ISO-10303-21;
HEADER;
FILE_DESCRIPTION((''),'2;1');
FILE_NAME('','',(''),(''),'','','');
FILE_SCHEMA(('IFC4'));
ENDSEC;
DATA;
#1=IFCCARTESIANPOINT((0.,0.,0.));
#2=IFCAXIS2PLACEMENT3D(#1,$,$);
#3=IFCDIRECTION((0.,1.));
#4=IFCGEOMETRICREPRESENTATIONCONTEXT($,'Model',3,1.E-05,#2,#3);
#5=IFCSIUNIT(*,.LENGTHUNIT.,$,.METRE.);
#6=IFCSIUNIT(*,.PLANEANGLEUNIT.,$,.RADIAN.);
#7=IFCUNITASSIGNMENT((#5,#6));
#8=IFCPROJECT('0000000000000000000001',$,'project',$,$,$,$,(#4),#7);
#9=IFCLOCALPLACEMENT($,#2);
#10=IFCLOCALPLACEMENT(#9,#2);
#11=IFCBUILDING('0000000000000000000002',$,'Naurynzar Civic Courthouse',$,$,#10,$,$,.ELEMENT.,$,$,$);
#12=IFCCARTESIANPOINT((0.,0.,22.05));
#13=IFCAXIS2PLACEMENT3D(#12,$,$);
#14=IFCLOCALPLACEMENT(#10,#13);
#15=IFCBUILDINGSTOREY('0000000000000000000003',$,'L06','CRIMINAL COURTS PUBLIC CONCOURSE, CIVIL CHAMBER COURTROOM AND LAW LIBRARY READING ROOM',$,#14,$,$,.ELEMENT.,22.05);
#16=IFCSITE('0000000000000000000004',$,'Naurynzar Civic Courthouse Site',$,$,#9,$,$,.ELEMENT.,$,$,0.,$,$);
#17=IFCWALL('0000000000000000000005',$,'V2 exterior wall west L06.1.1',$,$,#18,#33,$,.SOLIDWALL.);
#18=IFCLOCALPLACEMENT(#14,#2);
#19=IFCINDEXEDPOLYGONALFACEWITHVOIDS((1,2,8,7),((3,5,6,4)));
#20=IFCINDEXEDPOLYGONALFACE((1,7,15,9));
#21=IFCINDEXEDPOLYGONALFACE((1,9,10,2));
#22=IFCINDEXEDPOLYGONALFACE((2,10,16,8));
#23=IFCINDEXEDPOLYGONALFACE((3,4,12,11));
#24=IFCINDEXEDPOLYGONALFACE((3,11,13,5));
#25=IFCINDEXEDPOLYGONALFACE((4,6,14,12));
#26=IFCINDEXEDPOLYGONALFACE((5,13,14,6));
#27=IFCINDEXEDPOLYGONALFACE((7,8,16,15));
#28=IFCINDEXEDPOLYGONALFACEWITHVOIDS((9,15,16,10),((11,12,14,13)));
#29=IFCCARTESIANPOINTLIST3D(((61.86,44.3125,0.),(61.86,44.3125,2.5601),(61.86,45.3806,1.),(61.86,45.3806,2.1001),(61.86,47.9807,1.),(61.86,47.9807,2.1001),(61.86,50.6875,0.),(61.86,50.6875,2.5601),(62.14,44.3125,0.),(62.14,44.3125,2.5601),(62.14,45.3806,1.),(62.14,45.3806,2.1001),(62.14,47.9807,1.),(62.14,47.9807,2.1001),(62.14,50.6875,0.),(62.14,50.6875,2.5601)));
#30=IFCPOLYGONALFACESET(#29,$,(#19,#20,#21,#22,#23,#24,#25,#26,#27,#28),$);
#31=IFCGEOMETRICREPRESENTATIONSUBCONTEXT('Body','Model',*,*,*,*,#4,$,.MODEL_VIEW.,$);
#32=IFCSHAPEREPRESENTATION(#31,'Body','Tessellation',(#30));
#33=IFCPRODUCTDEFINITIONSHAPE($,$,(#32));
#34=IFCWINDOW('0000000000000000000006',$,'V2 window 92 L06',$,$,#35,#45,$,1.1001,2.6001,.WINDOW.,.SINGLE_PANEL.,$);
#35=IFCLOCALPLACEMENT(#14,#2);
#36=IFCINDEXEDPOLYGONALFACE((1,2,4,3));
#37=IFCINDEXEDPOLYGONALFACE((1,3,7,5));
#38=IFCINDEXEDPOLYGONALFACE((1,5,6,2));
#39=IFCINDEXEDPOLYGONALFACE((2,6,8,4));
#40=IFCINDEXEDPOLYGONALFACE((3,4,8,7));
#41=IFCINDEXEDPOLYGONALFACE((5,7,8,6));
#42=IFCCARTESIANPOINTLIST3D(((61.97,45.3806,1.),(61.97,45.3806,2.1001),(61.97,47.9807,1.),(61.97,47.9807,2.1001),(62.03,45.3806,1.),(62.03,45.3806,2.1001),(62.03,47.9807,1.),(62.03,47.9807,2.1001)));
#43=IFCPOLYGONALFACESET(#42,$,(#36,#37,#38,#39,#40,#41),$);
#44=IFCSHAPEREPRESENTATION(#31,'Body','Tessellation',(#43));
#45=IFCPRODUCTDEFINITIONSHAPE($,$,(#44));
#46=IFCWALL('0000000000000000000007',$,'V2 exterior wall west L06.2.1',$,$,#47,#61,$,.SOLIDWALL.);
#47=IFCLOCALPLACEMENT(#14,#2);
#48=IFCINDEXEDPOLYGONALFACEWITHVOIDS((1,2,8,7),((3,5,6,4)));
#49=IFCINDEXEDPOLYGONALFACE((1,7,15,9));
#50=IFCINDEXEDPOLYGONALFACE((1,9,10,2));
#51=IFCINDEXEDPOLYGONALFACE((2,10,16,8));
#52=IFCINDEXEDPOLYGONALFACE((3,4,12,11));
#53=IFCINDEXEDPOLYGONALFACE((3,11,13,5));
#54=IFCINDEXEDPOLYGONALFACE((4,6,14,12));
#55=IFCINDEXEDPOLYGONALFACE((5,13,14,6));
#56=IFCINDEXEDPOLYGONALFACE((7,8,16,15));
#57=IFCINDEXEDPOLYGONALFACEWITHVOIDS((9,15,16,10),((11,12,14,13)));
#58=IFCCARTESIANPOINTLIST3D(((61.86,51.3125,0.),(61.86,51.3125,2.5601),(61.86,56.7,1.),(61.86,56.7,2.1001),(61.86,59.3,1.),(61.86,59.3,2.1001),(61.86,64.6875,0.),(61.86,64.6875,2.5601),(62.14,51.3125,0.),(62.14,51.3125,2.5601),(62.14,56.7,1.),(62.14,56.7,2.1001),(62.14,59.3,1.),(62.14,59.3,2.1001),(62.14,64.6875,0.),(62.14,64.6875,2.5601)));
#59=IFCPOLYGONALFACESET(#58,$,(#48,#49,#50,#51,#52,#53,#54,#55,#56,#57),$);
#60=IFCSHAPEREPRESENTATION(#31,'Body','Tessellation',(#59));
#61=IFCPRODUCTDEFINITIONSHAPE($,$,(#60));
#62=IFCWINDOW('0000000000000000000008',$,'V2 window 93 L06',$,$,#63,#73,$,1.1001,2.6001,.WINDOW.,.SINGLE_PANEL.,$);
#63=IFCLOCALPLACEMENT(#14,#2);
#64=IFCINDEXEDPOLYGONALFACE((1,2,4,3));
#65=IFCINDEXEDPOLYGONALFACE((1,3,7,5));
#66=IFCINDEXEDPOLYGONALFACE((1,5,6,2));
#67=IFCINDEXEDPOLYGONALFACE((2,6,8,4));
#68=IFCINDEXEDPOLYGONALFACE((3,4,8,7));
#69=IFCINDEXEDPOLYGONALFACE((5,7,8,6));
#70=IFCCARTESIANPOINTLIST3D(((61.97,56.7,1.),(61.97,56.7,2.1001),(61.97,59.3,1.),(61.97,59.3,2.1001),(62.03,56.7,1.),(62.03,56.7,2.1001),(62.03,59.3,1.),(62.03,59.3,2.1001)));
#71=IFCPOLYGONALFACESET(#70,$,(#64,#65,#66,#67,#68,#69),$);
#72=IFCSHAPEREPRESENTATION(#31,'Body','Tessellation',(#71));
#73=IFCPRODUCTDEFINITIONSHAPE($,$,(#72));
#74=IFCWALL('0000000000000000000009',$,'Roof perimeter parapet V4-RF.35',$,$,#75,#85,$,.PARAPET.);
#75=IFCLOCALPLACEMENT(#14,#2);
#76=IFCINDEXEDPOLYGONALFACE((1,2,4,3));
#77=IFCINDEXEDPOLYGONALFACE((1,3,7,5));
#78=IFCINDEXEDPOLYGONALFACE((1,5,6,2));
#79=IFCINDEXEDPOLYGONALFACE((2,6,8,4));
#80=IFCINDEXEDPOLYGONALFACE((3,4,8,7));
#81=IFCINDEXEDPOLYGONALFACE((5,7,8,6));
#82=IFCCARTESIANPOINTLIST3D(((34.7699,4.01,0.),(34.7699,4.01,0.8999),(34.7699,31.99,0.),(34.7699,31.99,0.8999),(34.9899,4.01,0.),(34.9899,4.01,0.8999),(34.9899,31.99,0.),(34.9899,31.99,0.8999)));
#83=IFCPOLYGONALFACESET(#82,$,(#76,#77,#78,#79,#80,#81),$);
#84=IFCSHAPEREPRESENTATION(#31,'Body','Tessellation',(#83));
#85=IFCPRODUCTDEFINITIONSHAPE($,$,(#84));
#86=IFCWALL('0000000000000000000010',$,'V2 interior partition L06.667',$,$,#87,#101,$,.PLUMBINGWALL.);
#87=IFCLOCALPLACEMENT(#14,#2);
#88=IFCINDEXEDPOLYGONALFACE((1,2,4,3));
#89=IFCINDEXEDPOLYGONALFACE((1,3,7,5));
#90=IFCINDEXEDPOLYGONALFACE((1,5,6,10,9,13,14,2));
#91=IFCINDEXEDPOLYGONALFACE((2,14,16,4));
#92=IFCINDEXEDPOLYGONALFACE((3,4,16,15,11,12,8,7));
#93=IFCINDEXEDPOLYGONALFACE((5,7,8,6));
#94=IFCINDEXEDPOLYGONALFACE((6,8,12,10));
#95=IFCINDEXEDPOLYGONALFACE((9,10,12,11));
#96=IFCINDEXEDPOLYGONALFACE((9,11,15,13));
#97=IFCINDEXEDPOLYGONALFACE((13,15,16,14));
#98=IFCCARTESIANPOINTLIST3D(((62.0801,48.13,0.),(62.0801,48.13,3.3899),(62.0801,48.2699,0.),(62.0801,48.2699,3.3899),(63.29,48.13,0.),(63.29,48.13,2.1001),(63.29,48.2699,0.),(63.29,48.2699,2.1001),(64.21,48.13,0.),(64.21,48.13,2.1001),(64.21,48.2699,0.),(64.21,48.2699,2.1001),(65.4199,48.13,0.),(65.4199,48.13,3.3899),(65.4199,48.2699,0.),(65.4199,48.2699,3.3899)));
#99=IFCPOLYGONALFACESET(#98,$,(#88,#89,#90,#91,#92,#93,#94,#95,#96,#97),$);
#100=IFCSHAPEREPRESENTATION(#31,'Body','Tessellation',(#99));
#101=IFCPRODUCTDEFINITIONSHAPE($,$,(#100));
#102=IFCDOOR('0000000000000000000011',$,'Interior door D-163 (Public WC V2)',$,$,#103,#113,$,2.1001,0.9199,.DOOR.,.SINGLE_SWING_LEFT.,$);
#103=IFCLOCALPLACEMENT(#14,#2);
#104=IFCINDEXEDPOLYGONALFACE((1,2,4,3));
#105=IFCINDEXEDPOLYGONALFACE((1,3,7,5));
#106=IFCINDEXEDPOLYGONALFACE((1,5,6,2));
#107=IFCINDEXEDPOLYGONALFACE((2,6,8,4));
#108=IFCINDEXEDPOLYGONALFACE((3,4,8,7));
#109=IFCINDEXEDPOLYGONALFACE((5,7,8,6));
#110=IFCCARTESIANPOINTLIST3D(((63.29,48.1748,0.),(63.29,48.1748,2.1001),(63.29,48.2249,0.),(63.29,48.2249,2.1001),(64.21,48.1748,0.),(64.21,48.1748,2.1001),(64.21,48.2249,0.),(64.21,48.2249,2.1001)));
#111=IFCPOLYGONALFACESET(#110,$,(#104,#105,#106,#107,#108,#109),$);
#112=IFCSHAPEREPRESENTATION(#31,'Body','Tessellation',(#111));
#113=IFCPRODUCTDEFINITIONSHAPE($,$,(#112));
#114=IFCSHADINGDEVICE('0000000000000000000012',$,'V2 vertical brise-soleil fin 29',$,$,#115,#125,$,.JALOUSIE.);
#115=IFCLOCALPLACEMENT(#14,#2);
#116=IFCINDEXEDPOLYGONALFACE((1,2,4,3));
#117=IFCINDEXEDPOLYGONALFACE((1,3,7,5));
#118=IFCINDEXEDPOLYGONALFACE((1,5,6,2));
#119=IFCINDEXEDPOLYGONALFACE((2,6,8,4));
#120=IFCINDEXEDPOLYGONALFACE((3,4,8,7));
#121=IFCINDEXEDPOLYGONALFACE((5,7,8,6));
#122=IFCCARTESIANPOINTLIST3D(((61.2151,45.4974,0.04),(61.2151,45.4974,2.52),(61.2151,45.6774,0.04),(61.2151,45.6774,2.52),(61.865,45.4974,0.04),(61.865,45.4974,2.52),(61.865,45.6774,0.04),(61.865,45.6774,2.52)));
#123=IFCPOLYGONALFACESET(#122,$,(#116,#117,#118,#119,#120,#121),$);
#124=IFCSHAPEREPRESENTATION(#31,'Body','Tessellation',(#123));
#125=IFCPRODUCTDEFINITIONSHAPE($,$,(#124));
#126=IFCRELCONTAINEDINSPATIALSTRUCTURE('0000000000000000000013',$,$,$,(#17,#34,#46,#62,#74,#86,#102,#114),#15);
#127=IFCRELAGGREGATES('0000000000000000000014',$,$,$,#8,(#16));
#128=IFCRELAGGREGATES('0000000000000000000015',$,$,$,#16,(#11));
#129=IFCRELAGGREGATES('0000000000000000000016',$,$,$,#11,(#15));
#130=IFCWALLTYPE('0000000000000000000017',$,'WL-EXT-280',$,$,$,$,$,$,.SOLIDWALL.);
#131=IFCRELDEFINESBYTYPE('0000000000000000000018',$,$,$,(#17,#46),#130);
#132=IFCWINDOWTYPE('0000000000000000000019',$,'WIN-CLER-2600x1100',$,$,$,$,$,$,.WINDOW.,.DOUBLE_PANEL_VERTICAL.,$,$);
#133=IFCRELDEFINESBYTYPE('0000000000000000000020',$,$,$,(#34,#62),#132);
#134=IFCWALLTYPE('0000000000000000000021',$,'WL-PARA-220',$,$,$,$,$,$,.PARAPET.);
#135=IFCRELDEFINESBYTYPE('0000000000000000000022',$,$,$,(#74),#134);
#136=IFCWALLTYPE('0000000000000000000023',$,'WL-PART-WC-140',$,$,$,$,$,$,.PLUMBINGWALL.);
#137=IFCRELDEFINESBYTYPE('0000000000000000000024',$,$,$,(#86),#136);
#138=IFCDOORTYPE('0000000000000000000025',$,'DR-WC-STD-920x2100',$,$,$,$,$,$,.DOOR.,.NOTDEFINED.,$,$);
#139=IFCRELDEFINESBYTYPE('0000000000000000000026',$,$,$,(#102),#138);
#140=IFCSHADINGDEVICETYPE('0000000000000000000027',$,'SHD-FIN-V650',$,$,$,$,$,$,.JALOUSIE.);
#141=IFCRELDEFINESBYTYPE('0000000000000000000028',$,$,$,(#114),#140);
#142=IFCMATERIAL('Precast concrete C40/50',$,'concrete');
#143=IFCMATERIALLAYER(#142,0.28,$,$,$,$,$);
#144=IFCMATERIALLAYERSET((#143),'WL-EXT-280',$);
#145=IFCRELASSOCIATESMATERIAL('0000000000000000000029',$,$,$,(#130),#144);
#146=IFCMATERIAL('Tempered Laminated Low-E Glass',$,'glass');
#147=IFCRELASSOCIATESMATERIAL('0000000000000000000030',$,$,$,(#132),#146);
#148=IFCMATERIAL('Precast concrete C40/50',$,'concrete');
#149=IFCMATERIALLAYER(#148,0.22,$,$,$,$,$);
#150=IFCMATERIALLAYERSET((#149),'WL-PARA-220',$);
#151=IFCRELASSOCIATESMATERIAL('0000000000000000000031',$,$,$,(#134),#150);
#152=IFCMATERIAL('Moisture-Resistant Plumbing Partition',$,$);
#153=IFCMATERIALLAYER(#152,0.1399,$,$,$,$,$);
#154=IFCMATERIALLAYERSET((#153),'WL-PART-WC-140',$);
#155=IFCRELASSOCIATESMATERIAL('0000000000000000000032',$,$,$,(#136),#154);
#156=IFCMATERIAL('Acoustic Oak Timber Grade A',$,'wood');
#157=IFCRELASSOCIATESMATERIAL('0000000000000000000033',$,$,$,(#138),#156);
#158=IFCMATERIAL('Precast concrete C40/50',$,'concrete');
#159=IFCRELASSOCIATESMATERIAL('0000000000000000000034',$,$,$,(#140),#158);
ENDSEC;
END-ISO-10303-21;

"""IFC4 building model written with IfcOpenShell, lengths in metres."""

from ifc_helpers import new_model, si_unit, direction, frame, frame_2d, origin, origin_2d, place, context, subcontext, project, spatial, rectangle, extrude, material, layer, layer_set, type_object, element, fill, save


model = new_model("IFC4")

# Units and contexts
model_context = context("Model", 3, precision=1e-05, world=origin(), true_north=direction((0.0, 1.0)))
body_context = subcontext(model_context, "Body", "Model", "MODEL_VIEW")
ifc_project = project(units=[si_unit("LENGTHUNIT", "METRE"), si_unit("PLANEANGLEUNIT", "RADIAN")], contexts=[model_context])

# Site, building, storey
site_placement = place(None, origin())
site = spatial("IfcSite", under=ifc_project, at=site_placement, Name="Naurynzar Civic Courthouse Site", CompositionType="ELEMENT", RefElevation=0.0)
building_placement = place(site_placement, origin())
building = spatial("IfcBuilding", under=site, at=building_placement, Name="Naurynzar Civic Courthouse", CompositionType="ELEMENT")
storey_placement = place(building_placement, frame((0.0, 0.0, 22.05)))
storey = spatial("IfcBuildingStorey", under=building, at=storey_placement, Name="L06", Description="CRIMINAL COURTS PUBLIC CONCOURSE, CIVIL CHAMBER COURTROOM AND LAW LIBRARY READING ROOM", CompositionType="ELEMENT", Elevation=22.05)

# Walls, openings, windows
ifc_material_1 = material(Name="Precast concrete C40/50", Category="concrete")
ifc_layer_1 = layer(ifc_material_1, 0.28)
ifc_layer_set_1 = layer_set([ifc_layer_1], Name="WL-EXT-280")
wall_type_1 = type_object("IfcWallType", Name="WL-EXT-280", PredefinedType="SOLIDWALL", material=ifc_layer_set_1)
wall_1_placement = place(storey_placement, frame((62.0, 44.3125, 0.0), z_axis=(0.0, 0.0, 1.0), x_axis=(0.0, 1.0, 0.0)))
wall_1 = element("IfcWall", 1, at=wall_1_placement, inside=storey, type_object=wall_type_1, Name="V2 exterior wall west L06.1.1", PredefinedType="SOLIDWALL", context=body_context, shape_type="SweptSolid", body=[
    extrude(rectangle(XDim=6.375, YDim=0.28, at=frame_2d((3.1875, 0.0))), origin(), (0.0, 0.0, 1.0), 2.5601),
])
opening_1_placement = place(wall_1_placement, frame((1.0681, 0.0, 1.0)))
opening_1 = element("IfcOpeningElement", 2, at=opening_1_placement, cuts=wall_1, PredefinedType="OPENING", context=body_context, shape_type="SweptSolid", body=[
    extrude(rectangle(XDim=2.6001, YDim=1.1001, at=frame_2d((1.3, 0.55))), frame((0.0, 0.1499, 0.0), z_axis=(0.0, -1.0, 0.0), x_axis=(1.0, 0.0, 0.0)), (0.0, 0.0, 1.0), 0.3),
])
ifc_material_2 = material(Name="Tempered Laminated Low-E Glass", Category="glass")
window_type = type_object("IfcWindowType", Name="WIN-CLER-2600x1100", PartitioningType="DOUBLE_PANEL_VERTICAL", PredefinedType="WINDOW", material=ifc_material_2)
window_1_placement = place(opening_1_placement, origin())
window_1 = element("IfcWindow", 3, at=window_1_placement, inside=storey, type_object=window_type, Name="V2 window 92 L06", OverallHeight=1.1001, OverallWidth=2.6001, PartitioningType="SINGLE_PANEL", PredefinedType="WINDOW", context=body_context, shape_type="SweptSolid", body=[
    extrude(rectangle(XDim=2.6001, YDim=1.1001, at=frame_2d((1.3, 0.55))), frame((0.0, 0.03, 0.0), z_axis=(0.0, -1.0, 0.0), x_axis=(1.0, 0.0, 0.0)), (0.0, 0.0, 1.0), 0.0601),
])
fill(opening_1, window_1)
wall_2_placement = place(storey_placement, frame((62.0, 51.3125, 0.0), z_axis=(0.0, 0.0, 1.0), x_axis=(0.0, 1.0, 0.0)))
wall_2 = element("IfcWall", 4, at=wall_2_placement, inside=storey, type_object=wall_type_1, Name="V2 exterior wall west L06.2.1", PredefinedType="SOLIDWALL", context=body_context, shape_type="SweptSolid", body=[
    extrude(rectangle(XDim=13.375, YDim=0.28, at=frame_2d((6.6875, 0.0))), origin(), (0.0, 0.0, 1.0), 2.5601),
])
opening_2_placement = place(wall_2_placement, frame((5.3875, 0.0, 1.0)))
opening_2 = element("IfcOpeningElement", 5, at=opening_2_placement, cuts=wall_2, PredefinedType="OPENING", context=body_context, shape_type="SweptSolid", body=[
    extrude(rectangle(XDim=2.6001, YDim=1.1001, at=frame_2d((1.3, 0.55))), frame((0.0, 0.1499, 0.0), z_axis=(0.0, -1.0, 0.0), x_axis=(1.0, 0.0, 0.0)), (0.0, 0.0, 1.0), 0.3),
])
window_2_placement = place(opening_2_placement, origin())
window_2 = element("IfcWindow", 6, at=window_2_placement, inside=storey, type_object=window_type, Name="V2 window 93 L06", OverallHeight=1.1001, OverallWidth=2.6001, PartitioningType="SINGLE_PANEL", PredefinedType="WINDOW", context=body_context, shape_type="SweptSolid", body=[
    extrude(rectangle(XDim=2.6001, YDim=1.1001, at=frame_2d((1.3, 0.55))), frame((0.0, 0.03, 0.0), z_axis=(0.0, -1.0, 0.0), x_axis=(1.0, 0.0, 0.0)), (0.0, 0.0, 1.0), 0.0601),
])
fill(opening_2, window_2)

# Wall
ifc_material_3 = material(Name="Precast concrete C40/50", Category="concrete")
ifc_layer_2 = layer(ifc_material_3, 0.22)
ifc_layer_set_2 = layer_set([ifc_layer_2], Name="WL-PARA-220")
wall_type_2 = type_object("IfcWallType", Name="WL-PARA-220", PredefinedType="PARAPET", material=ifc_layer_set_2)
wall_3_placement = place(storey_placement, frame((34.8799, 31.99, 0.0), z_axis=(0.0, 0.0, 1.0), x_axis=(0.0, -1.0, 0.0)))
element("IfcWall", 7, at=wall_3_placement, inside=storey, type_object=wall_type_2, Name="Roof perimeter parapet V4-RF.35", PredefinedType="PARAPET", context=body_context, shape_type="SweptSolid", body=[
    extrude(rectangle(XDim=27.98, YDim=0.22, at=frame_2d((13.99, 0.0))), origin(), (0.0, 0.0, 1.0), 0.8999),
])

# Wall, opening, door
ifc_material_4 = material(Name="Moisture-Resistant Plumbing Partition")
ifc_layer_3 = layer(ifc_material_4, 0.1399)
ifc_layer_set_3 = layer_set([ifc_layer_3], Name="WL-PART-WC-140")
wall_type_3 = type_object("IfcWallType", Name="WL-PART-WC-140", PredefinedType="PLUMBINGWALL", material=ifc_layer_set_3)
wall_4_placement = place(storey_placement, frame((62.0801, 48.2, 0.0), z_axis=(0.0, 0.0, 1.0), x_axis=(1.0, 0.0, 0.0)))
wall_4 = element("IfcWall", 8, at=wall_4_placement, inside=storey, type_object=wall_type_3, Name="V2 interior partition L06.667", PredefinedType="PLUMBINGWALL", context=body_context, shape_type="SweptSolid", body=[
    extrude(rectangle(XDim=3.3398, YDim=0.1399, at=frame_2d((1.6699, 0.0))), origin(), (0.0, 0.0, 1.0), 3.3899),
])
opening_3_placement = place(wall_4_placement, frame((1.21, 0.0, 0.0)))
opening_3 = element("IfcOpeningElement", 9, at=opening_3_placement, cuts=wall_4, PredefinedType="OPENING", context=body_context, shape_type="SweptSolid", body=[
    extrude(rectangle(XDim=0.9199, YDim=2.1001, at=frame_2d((0.46, 1.05))), frame((0.0, 0.0798, 0.0), z_axis=(0.0, -1.0, 0.0), x_axis=(1.0, 0.0, 0.0)), (0.0, 0.0, 1.0), 0.1599),
])
ifc_material_5 = material(Name="Acoustic Oak Timber Grade A", Category="wood")
door_type_1 = type_object("IfcDoorType", Name="DR-WC-STD-920x2100", OperationType="NOTDEFINED", PredefinedType="DOOR", material=ifc_material_5)
door_1_placement = place(opening_3_placement, origin())
door_1 = element("IfcDoor", 10, at=door_1_placement, inside=storey, type_object=door_type_1, Name="Interior door D-163 (Public WC V2)", OperationType="SINGLE_SWING_LEFT", OverallHeight=2.1001, OverallWidth=0.9199, PredefinedType="DOOR", context=body_context, shape_type="SweptSolid", body=[
    extrude(rectangle(XDim=0.9199, YDim=2.1001, at=frame_2d((0.46, 1.05))), frame((0.0, 0.0249, 0.0), z_axis=(0.0, -1.0, 0.0), x_axis=(1.0, 0.0, 0.0)), (0.0, 0.0, 1.0), 0.05),
])
fill(opening_3, door_1)

# Shading device
ifc_material_6 = material(Name="Precast concrete C40/50", Category="concrete")
shading_device_type = type_object("IfcShadingDeviceType", Name="SHD-FIN-V650", PredefinedType="JALOUSIE", material=ifc_material_6)
shading_device_placement = place(storey_placement, frame((61.54, 45.5874, 0.04), z_axis=(0.0, 0.0, 1.0), x_axis=(0.0, 1.0, 0.0)))
element("IfcShadingDevice", 11, at=shading_device_placement, inside=storey, type_object=shading_device_type, Name="V2 vertical brise-soleil fin 29", PredefinedType="JALOUSIE", context=body_context, shape_type="SweptSolid", body=[
    extrude(rectangle(XDim=0.1799, YDim=0.6499, at=origin_2d()), origin(), (0.0, 0.0, 1.0), 2.48),
])

save(model, "model.ifc")
